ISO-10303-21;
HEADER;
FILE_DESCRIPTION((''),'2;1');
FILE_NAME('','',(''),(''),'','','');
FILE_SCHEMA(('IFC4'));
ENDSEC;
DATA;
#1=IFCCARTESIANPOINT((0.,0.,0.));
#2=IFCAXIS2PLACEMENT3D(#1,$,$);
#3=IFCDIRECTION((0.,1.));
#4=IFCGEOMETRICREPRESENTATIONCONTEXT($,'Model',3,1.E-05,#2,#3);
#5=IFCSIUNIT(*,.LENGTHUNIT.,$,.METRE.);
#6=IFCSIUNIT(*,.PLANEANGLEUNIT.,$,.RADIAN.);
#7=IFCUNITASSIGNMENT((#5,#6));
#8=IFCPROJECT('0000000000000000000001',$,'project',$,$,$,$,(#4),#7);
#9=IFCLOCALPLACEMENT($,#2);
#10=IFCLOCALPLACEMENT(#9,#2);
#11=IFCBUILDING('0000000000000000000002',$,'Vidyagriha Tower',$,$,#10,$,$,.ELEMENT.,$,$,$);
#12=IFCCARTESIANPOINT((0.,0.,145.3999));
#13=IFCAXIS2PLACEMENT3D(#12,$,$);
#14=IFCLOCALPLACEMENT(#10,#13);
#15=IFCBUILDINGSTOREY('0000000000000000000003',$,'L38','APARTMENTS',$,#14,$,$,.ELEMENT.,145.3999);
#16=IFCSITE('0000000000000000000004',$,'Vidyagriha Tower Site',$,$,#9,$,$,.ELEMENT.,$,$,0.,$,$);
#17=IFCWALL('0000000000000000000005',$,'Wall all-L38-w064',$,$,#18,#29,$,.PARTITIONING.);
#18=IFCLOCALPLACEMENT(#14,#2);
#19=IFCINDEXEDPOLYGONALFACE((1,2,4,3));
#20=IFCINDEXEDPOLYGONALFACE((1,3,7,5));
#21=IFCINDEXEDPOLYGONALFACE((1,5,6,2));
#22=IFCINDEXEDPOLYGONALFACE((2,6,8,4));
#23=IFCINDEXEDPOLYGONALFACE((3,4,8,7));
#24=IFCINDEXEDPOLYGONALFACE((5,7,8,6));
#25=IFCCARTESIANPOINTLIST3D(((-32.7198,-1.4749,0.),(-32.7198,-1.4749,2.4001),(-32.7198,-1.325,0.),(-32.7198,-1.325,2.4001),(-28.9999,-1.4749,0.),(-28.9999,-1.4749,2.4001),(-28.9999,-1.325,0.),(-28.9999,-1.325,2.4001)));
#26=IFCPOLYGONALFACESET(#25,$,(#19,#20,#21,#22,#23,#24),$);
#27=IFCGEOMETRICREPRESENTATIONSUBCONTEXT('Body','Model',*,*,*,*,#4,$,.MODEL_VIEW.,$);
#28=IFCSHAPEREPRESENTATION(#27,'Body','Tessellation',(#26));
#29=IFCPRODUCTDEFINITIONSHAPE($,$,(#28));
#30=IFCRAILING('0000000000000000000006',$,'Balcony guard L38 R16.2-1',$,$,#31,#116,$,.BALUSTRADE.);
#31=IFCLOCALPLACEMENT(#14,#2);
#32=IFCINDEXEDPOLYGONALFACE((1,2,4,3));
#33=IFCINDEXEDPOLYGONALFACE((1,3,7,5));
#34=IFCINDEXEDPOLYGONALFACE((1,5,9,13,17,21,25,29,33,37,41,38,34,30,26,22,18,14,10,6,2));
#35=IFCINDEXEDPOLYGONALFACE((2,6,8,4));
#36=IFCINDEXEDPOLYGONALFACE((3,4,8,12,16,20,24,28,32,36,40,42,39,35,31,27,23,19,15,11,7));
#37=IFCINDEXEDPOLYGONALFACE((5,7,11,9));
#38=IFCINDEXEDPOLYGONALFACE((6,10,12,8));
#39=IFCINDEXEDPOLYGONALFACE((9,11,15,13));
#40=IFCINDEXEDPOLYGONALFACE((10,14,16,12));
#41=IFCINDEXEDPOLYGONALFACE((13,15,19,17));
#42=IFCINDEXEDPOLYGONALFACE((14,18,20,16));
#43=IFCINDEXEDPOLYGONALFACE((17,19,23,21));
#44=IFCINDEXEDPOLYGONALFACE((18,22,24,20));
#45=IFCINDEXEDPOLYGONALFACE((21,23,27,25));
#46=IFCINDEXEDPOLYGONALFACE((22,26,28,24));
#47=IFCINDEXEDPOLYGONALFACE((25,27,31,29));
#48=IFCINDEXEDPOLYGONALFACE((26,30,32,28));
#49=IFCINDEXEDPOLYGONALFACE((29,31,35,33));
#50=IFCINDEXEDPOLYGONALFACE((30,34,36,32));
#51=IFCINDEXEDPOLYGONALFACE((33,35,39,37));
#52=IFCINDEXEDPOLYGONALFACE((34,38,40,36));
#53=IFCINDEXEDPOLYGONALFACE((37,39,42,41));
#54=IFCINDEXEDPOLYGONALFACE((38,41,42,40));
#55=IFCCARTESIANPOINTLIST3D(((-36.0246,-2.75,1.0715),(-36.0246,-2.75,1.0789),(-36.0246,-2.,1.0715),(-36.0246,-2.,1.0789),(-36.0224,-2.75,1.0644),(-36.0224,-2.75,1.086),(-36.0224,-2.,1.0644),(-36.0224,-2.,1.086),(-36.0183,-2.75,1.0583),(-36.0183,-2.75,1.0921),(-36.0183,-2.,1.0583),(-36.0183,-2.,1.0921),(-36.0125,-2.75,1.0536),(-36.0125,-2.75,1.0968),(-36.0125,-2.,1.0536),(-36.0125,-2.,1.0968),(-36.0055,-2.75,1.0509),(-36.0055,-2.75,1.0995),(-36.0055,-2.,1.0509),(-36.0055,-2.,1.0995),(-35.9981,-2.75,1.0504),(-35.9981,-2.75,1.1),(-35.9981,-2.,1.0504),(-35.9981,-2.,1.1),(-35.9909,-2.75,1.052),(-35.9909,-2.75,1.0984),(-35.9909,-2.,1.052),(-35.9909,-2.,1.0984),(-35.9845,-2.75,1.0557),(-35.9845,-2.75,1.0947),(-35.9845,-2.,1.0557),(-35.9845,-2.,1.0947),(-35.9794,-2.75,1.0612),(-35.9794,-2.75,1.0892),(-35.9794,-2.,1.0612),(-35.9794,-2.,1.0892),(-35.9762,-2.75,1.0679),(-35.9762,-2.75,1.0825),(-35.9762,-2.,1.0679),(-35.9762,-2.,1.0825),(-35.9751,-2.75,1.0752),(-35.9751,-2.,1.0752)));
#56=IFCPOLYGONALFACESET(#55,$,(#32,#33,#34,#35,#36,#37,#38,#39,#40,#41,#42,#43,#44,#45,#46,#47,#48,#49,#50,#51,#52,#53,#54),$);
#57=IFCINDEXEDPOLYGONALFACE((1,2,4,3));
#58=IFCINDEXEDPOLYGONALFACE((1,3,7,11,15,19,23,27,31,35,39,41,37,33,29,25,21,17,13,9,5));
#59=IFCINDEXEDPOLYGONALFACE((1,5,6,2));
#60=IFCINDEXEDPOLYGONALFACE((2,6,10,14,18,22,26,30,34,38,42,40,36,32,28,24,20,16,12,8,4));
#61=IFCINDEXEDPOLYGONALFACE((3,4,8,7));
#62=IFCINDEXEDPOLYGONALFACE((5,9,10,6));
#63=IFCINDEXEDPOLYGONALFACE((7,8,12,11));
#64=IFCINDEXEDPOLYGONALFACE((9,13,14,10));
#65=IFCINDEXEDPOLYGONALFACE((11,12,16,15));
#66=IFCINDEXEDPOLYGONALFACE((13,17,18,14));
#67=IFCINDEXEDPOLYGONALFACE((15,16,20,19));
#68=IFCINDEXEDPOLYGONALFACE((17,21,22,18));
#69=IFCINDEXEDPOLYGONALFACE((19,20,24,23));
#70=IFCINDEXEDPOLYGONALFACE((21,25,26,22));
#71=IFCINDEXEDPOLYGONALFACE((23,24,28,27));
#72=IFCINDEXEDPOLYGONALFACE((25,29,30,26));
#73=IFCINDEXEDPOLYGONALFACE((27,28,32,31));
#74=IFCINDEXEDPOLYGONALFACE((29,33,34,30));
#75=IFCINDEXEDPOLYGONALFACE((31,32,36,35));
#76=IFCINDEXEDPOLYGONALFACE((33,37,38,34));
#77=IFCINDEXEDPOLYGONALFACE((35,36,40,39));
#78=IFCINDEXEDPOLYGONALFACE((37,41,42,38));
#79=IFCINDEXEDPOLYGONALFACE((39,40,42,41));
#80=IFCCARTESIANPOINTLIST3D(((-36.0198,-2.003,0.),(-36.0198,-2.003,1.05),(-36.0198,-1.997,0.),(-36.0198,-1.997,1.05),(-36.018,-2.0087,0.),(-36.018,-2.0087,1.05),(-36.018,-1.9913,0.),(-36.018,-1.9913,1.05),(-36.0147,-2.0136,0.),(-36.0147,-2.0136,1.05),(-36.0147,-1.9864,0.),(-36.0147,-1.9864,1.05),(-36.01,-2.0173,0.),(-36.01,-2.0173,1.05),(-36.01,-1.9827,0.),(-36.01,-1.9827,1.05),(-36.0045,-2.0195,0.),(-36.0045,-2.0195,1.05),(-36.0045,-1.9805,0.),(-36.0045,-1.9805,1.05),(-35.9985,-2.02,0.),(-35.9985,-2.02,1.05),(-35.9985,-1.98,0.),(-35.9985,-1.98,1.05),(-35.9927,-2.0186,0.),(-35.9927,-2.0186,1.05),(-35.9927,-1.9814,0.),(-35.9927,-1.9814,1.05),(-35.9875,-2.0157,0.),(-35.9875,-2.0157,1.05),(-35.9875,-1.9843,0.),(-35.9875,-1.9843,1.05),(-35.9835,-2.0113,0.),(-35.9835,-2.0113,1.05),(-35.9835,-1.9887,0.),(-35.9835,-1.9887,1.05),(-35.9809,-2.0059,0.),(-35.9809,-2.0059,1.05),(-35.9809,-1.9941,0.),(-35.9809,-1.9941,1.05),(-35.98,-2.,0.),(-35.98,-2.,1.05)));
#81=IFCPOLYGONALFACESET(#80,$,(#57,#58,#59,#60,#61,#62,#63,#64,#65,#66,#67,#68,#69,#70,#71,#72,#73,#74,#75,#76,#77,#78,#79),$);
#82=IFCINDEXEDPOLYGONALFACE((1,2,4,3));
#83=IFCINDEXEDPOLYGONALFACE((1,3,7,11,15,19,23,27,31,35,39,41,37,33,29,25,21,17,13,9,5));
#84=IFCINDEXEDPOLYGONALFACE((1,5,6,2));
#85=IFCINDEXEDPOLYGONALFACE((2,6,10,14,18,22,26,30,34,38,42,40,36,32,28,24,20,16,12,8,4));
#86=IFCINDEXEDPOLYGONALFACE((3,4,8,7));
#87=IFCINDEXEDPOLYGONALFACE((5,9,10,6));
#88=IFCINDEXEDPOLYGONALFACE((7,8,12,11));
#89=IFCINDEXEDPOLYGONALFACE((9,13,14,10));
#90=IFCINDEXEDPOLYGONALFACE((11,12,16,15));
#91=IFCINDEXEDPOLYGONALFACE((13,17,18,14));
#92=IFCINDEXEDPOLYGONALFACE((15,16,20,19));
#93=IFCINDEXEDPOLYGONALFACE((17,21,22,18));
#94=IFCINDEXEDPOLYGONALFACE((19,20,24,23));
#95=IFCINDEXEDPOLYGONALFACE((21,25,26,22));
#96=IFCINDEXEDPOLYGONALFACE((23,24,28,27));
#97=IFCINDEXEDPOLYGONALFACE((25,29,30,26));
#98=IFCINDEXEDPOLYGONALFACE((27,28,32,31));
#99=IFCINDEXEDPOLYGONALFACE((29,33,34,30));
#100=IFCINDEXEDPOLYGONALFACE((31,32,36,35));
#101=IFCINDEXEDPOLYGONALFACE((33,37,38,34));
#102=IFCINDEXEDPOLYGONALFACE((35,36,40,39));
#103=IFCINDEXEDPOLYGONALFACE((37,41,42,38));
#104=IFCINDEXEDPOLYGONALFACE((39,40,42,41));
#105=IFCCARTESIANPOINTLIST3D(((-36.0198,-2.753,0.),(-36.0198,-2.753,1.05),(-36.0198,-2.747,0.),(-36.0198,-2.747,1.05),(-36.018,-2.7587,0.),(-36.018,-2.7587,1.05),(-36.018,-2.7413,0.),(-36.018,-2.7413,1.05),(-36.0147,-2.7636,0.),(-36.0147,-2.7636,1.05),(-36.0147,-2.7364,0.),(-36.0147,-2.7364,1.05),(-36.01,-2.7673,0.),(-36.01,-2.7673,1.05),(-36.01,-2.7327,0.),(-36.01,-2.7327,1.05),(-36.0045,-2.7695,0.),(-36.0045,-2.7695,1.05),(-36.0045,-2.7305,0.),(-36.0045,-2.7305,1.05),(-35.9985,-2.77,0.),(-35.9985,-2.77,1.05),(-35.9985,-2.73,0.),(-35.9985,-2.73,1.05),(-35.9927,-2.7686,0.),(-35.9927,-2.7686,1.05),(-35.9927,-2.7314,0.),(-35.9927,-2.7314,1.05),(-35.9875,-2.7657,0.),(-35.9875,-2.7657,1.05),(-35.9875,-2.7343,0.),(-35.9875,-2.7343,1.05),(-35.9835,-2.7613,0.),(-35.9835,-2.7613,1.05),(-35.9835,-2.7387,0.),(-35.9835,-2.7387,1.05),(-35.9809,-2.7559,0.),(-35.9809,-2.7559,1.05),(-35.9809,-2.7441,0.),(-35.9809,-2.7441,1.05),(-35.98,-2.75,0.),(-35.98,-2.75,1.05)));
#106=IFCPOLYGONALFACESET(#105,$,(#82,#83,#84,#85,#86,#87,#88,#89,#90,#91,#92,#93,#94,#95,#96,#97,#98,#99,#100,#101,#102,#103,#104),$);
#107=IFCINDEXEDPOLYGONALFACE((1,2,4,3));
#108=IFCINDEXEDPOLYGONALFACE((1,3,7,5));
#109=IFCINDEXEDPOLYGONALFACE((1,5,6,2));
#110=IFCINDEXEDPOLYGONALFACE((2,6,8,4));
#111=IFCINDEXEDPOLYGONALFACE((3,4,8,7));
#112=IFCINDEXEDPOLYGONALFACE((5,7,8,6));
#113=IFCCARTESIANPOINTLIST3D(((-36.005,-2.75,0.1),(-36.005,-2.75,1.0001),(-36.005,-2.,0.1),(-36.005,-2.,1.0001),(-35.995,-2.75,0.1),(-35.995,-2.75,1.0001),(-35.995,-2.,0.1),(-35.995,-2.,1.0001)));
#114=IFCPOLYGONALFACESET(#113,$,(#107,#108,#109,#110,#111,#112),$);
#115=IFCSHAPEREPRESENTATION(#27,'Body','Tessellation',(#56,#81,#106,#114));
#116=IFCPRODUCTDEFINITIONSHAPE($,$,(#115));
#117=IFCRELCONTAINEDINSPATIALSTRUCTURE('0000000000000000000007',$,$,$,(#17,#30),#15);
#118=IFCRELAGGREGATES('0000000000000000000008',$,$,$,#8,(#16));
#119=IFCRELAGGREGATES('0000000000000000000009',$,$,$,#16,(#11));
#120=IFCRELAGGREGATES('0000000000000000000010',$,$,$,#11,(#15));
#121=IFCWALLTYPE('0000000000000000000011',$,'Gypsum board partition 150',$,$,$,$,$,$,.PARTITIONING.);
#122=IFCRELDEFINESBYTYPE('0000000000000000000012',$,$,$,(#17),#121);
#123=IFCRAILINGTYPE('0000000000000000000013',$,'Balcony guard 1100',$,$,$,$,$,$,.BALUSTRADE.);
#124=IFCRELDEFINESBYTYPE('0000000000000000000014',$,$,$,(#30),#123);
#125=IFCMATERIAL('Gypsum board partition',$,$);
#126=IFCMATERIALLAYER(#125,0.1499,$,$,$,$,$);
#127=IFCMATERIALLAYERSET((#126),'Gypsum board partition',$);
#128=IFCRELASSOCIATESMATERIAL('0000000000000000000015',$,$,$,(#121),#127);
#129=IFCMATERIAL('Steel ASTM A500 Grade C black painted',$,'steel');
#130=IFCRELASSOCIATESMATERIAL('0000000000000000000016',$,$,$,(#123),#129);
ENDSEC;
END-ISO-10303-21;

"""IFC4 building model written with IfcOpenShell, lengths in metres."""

from ifc_helpers import new_model, si_unit, direction, frame, frame_2d, origin, origin_2d, place, context, subcontext, project, spatial, rectangle, circle, extrude, material, layer, layer_set, type_object, element, save


model = new_model("IFC4")

# Units and contexts
model_context = context("Model", 3, precision=1e-05, world=origin(), true_north=direction((0.0, 1.0)))
body_context = subcontext(model_context, "Body", "Model", "MODEL_VIEW")
ifc_project = project(units=[si_unit("LENGTHUNIT", "METRE"), si_unit("PLANEANGLEUNIT", "RADIAN")], contexts=[model_context])

# Site, building, storey
site_placement = place(None, origin())
site = spatial("IfcSite", under=ifc_project, at=site_placement, Name="Vidyagriha Tower Site", CompositionType="ELEMENT", RefElevation=0.0)
building_placement = place(site_placement, origin())
building = spatial("IfcBuilding", under=site, at=building_placement, Name="Vidyagriha Tower", CompositionType="ELEMENT")
storey_placement = place(building_placement, frame((0.0, 0.0, 145.3999)))
storey = spatial("IfcBuildingStorey", under=building, at=storey_placement, Name="L38", Description="APARTMENTS", CompositionType="ELEMENT", Elevation=145.3999)

# Shared definitions
ifc_material_1 = material(Name="Gypsum board partition")
ifc_layer_1 = layer(ifc_material_1, 0.1499)
ifc_layer_set_1 = layer_set([ifc_layer_1], Name="Gypsum board partition")
wall_type_1 = type_object("IfcWallType", Name="Gypsum board partition 150", PredefinedType="PARTITIONING", material=ifc_layer_set_1)

# Wall
wall_1_placement = place(storey_placement, frame((-29.0, -1.3999, 0.0), z_axis=(0.0, 0.0, 1.0), x_axis=(-1.0, 0.0, 0.0)))
element("IfcWall", 1, at=wall_1_placement, inside=storey, type_object=wall_type_1, Name="Wall all-L38-w064", PredefinedType="PARTITIONING", context=body_context, shape_type="SweptSolid", body=[
    extrude(rectangle(XDim=3.72, YDim=0.1499, at=frame_2d((1.8599, 0.0))), origin(), (0.0, 0.0, 1.0), 2.4001),
])

# Railing
ifc_material_2 = material(Name="Steel ASTM A500 Grade C black painted", Category="steel")
railing_type_1 = type_object("IfcRailingType", Name="Balcony guard 1100", PredefinedType="BALUSTRADE", material=ifc_material_2)
railing_1_placement = place(storey_placement, frame((-36.0, -2.0, 0.0)))
element("IfcRailing", 2, at=railing_1_placement, inside=storey, type_object=railing_type_1, Name="Balcony guard L38 R16.2-1", PredefinedType="BALUSTRADE", context=body_context, shape_type="SweptSolid", body=[
    extrude(circle(Radius=0.0249, at=origin_2d()), frame((0.0, 0.0, 1.0752), z_axis=(0.0, -1.0, 0.0), x_axis=(1.0, 0.0, 0.0)), (0.0, 0.0, 1.0), 0.75),
    extrude(circle(Radius=0.02, at=origin_2d()), origin(), (0.0, 0.0, 1.0), 1.05),
    extrude(circle(Radius=0.02, at=origin_2d()), frame((0.0, -0.75, 0.0)), (0.0, 0.0, 1.0), 1.05),
    extrude(rectangle(XDim=0.01, YDim=0.9001, at=origin_2d()), frame((0.0, 0.0, 0.55), z_axis=(0.0, -1.0, 0.0), x_axis=(1.0, 0.0, 0.0)), (0.0, 0.0, 1.0), 0.75),
])

save(model, "model.ifc")
